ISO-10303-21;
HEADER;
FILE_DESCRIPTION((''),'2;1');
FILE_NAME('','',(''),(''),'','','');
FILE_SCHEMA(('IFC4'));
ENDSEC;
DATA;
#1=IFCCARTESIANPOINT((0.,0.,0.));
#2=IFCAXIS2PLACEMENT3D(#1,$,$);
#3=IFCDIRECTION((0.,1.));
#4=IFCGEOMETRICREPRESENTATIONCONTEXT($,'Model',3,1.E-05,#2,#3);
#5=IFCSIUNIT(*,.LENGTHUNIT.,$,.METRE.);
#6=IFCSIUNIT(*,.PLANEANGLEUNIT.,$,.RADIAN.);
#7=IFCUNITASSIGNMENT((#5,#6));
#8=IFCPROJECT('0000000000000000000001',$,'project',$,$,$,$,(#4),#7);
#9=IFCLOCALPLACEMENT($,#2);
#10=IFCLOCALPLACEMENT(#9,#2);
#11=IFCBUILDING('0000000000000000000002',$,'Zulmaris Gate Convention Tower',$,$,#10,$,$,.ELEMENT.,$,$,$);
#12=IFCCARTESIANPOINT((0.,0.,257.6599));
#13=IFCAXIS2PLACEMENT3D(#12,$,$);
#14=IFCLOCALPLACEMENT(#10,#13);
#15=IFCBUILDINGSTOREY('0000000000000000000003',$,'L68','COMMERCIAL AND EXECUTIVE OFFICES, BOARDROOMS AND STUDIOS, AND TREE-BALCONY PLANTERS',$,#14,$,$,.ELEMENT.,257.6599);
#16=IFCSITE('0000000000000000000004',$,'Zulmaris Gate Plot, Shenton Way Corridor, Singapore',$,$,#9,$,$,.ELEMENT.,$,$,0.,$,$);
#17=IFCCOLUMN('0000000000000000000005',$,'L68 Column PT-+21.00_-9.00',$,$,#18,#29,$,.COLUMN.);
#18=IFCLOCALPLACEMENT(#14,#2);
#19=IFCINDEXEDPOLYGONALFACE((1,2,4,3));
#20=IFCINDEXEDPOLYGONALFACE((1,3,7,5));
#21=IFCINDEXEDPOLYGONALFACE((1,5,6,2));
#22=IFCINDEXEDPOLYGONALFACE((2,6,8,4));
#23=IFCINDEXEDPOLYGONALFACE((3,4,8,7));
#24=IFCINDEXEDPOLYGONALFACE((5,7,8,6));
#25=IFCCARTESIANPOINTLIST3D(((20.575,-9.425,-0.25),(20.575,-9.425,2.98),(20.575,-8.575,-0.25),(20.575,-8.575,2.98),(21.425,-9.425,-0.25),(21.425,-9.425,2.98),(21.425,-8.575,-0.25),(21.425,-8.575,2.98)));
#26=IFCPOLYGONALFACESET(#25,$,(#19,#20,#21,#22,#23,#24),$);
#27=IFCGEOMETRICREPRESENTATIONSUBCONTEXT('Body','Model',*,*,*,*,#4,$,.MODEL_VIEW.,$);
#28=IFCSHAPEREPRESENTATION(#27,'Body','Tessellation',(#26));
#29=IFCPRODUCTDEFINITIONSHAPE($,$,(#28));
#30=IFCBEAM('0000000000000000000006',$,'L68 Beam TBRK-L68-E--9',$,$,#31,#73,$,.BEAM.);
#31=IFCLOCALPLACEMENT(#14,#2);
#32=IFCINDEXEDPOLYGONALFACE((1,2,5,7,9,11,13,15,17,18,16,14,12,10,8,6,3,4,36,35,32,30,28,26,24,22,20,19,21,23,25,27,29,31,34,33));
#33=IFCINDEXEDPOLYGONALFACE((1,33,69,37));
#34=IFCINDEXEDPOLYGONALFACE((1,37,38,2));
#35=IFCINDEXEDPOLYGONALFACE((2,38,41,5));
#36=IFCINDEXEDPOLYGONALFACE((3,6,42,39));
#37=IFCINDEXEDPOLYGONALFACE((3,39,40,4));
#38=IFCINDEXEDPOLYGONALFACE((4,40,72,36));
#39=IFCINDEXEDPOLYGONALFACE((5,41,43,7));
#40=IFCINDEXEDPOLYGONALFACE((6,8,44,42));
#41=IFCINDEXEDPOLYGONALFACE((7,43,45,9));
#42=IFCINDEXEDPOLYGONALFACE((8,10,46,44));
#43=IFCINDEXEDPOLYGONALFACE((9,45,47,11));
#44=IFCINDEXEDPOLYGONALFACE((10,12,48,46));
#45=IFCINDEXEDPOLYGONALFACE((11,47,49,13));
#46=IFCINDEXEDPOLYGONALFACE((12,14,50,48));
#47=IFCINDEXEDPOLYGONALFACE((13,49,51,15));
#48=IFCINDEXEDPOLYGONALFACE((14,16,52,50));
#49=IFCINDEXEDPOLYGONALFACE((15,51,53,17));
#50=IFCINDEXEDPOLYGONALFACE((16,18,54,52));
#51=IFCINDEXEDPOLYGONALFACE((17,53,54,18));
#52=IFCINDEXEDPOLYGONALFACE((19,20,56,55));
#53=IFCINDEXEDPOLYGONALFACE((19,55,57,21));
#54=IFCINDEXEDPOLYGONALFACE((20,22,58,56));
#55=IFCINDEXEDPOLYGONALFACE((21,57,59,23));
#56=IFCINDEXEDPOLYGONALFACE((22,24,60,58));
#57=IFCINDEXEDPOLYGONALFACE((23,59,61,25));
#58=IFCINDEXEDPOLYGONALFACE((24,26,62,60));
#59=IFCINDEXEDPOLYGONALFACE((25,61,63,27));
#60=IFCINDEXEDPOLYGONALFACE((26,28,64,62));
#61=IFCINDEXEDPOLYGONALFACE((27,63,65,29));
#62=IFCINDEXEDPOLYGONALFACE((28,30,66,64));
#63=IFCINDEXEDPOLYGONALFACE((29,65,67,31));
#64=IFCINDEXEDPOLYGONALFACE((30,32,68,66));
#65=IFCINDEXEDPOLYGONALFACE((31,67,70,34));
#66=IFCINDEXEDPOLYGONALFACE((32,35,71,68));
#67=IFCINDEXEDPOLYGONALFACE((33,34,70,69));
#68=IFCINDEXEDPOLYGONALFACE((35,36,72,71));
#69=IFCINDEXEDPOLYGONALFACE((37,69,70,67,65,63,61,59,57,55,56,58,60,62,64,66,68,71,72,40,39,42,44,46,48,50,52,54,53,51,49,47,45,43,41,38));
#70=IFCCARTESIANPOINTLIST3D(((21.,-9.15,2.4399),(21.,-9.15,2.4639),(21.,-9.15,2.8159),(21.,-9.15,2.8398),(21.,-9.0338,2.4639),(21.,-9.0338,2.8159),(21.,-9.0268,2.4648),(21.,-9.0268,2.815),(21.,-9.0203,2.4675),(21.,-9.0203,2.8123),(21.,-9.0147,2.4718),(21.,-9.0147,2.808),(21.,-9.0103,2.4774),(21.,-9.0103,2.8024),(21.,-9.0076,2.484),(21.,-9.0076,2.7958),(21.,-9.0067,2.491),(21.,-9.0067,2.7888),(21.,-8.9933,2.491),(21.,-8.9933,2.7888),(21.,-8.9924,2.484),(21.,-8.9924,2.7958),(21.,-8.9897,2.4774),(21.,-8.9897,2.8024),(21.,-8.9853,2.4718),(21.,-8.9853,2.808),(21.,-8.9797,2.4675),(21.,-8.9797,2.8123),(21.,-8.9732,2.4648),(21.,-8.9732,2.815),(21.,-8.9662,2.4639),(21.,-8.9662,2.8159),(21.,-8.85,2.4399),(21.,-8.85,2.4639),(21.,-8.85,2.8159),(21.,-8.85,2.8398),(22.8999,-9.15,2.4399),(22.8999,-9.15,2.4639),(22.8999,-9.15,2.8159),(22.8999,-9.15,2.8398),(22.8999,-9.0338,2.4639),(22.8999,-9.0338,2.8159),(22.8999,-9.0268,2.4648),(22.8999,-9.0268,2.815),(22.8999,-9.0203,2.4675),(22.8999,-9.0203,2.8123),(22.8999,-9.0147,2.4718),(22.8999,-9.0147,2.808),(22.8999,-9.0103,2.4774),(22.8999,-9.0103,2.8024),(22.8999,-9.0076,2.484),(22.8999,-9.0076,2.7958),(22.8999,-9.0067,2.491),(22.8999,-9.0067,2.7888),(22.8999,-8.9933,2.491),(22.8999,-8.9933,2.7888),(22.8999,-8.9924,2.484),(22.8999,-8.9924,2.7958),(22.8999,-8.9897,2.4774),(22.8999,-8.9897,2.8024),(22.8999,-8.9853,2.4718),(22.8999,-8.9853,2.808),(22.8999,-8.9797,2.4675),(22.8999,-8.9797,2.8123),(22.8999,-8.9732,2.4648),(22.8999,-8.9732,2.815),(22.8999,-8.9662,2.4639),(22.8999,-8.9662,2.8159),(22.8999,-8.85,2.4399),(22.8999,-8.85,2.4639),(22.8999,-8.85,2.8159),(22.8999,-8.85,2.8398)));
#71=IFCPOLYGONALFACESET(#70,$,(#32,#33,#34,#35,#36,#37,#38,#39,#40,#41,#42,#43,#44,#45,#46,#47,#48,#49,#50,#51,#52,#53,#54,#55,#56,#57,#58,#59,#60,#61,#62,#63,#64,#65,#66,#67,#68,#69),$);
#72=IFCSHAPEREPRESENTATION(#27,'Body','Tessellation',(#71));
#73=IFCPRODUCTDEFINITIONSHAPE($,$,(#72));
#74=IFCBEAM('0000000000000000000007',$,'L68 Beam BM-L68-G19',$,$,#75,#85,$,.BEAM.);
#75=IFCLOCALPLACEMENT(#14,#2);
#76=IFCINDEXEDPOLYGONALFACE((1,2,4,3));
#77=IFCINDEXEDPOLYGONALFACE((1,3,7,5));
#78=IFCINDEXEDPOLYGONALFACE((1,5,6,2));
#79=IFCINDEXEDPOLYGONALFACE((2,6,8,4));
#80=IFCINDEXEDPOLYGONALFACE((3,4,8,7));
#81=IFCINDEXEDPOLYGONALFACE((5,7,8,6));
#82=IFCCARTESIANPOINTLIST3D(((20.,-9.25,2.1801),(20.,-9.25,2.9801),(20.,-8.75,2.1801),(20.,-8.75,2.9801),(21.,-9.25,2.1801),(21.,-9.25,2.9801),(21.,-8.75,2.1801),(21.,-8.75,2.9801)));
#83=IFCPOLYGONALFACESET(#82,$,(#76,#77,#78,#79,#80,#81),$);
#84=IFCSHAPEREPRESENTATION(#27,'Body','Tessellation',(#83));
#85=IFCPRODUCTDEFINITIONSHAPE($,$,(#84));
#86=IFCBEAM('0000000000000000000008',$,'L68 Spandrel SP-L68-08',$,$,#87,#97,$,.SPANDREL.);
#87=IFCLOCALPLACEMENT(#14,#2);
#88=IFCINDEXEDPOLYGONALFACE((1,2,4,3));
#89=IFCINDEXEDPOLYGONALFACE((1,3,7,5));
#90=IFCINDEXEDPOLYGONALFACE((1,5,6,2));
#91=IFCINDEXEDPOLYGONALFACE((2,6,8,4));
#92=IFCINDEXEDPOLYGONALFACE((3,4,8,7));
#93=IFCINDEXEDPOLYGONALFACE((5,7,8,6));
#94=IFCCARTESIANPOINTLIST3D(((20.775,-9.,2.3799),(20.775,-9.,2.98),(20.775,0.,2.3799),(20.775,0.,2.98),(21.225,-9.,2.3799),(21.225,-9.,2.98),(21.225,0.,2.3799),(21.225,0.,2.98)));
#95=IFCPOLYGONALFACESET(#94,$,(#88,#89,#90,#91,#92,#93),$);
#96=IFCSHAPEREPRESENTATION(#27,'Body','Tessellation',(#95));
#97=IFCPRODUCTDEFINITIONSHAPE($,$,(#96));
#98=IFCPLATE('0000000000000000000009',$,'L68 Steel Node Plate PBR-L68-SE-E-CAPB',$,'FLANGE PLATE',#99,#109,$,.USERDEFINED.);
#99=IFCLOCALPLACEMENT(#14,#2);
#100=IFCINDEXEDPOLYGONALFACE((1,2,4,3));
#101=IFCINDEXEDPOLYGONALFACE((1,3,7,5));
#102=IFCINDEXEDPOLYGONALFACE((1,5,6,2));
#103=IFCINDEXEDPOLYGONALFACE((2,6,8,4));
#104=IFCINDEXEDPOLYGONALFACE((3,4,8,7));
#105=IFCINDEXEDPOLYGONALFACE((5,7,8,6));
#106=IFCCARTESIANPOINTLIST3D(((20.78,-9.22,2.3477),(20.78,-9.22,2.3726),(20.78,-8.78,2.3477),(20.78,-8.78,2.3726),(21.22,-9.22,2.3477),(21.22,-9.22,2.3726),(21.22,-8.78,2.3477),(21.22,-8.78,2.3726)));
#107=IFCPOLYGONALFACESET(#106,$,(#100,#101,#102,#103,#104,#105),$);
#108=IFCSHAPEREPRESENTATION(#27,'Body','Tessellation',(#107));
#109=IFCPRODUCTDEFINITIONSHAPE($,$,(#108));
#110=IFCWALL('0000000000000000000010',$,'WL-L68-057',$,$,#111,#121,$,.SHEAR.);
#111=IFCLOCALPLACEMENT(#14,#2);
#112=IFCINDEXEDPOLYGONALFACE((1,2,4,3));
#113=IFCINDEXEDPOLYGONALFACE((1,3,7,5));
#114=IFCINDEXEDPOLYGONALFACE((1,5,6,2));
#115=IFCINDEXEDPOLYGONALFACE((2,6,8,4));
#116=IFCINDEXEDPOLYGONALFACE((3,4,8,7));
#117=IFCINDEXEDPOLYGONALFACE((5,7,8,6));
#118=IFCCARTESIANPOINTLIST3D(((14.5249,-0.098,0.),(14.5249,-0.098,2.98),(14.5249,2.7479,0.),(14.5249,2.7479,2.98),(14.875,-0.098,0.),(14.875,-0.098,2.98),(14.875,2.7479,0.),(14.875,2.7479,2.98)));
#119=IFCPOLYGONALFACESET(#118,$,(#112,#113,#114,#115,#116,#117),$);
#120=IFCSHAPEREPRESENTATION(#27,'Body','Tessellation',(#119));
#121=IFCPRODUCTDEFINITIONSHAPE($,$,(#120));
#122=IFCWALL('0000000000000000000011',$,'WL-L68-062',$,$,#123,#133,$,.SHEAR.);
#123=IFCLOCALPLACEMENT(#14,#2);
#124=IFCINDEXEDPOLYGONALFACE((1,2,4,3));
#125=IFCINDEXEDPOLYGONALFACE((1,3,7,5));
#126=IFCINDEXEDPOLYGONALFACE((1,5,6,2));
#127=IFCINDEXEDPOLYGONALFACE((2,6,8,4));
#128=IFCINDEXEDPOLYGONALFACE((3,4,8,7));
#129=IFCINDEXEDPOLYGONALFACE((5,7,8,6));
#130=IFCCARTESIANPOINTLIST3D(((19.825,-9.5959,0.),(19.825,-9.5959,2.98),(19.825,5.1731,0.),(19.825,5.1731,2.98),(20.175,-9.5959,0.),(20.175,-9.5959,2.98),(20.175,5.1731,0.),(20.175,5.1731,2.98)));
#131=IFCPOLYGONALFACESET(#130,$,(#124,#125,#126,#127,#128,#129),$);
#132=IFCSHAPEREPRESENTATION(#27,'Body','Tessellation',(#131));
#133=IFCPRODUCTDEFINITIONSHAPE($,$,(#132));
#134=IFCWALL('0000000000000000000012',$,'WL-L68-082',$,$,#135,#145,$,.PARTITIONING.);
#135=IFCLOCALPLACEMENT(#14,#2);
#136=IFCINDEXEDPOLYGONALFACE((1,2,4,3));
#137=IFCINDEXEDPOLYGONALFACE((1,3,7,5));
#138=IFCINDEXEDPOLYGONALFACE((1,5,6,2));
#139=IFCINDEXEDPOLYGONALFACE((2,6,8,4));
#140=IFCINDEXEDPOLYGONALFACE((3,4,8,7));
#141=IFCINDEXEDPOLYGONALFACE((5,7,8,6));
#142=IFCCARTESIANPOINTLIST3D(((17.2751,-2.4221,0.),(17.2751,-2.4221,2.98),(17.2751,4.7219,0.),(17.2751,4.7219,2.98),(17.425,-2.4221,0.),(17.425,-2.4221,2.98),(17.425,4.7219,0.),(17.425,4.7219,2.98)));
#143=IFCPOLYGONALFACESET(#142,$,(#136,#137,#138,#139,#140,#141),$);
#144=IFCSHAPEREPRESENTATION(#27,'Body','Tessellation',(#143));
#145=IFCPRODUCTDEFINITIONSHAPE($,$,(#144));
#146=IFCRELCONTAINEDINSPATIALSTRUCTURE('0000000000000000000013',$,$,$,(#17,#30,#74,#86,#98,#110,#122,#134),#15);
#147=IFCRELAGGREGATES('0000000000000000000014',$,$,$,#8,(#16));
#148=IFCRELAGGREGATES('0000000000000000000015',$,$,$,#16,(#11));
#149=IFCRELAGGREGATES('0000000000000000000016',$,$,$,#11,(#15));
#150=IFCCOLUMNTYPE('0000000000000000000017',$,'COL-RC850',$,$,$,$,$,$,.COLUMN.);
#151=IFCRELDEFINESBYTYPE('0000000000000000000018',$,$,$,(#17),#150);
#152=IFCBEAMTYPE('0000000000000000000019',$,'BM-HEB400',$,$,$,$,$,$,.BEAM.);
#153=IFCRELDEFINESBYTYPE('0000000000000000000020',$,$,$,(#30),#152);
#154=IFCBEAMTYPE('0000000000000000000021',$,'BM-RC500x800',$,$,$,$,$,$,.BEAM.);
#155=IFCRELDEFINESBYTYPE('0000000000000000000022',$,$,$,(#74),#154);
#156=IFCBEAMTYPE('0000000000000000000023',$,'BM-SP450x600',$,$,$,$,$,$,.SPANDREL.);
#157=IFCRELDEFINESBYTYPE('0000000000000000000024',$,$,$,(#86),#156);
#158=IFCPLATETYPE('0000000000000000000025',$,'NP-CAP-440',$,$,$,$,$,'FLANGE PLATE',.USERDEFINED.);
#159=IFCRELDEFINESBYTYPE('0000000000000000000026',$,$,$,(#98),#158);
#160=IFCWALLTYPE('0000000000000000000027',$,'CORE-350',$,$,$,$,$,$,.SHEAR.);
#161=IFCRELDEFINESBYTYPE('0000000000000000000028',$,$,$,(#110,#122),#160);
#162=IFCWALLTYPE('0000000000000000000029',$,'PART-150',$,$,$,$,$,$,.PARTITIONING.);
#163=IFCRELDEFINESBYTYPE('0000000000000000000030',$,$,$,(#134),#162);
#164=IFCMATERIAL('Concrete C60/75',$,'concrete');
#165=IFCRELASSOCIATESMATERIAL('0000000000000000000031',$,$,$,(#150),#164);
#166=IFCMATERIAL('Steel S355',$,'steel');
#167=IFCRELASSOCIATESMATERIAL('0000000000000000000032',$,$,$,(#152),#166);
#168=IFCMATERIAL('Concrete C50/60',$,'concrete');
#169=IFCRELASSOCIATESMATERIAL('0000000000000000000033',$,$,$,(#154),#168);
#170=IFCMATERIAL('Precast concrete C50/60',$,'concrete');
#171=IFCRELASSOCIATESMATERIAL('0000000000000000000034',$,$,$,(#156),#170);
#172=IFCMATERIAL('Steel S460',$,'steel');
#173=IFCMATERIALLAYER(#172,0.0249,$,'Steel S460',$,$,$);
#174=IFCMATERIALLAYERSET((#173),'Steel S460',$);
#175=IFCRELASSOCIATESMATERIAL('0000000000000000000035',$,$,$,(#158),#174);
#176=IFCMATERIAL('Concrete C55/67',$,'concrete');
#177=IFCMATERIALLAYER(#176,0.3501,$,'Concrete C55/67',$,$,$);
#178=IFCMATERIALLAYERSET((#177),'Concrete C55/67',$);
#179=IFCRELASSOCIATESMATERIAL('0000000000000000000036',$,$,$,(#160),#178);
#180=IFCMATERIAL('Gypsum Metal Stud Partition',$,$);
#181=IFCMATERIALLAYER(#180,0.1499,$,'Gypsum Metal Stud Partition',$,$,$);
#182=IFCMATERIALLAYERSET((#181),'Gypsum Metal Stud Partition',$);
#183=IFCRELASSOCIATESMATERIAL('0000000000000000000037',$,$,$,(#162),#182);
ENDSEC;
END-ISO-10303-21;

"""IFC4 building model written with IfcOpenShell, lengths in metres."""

from ifc_helpers import new_model, si_unit, direction, frame, frame_2d, origin, origin_2d, place, context, subcontext, project, spatial, rectangle, i_section, extrude, material, layer, layer_set, material_profile, profile_set, type_object, element, save


model = new_model("IFC4")

# Units and contexts
model_context = context("Model", 3, precision=1e-05, world=origin(), true_north=direction((0.0, 1.0)))
body_context = subcontext(model_context, "Body", "Model", "MODEL_VIEW")
ifc_project = project(units=[si_unit("LENGTHUNIT", "METRE"), si_unit("PLANEANGLEUNIT", "RADIAN")], contexts=[model_context])

# Site, building, storey
site_placement = place(None, origin())
site = spatial("IfcSite", under=ifc_project, at=site_placement, Name="Zulmaris Gate Plot, Shenton Way Corridor, Singapore", CompositionType="ELEMENT", RefElevation=0.0)
building_placement = place(site_placement, origin())
building = spatial("IfcBuilding", under=site, at=building_placement, Name="Zulmaris Gate Convention Tower", CompositionType="ELEMENT")
storey_placement = place(building_placement, frame((0.0, 0.0, 257.6599)))
storey = spatial("IfcBuildingStorey", under=building, at=storey_placement, Name="L68", Description="COMMERCIAL AND EXECUTIVE OFFICES, BOARDROOMS AND STUDIOS, AND TREE-BALCONY PLANTERS", CompositionType="ELEMENT", Elevation=257.6599)

# Column
ifc_material_1 = material(Name="Concrete C60/75", Category="concrete")
ifc_material_profile_1 = material_profile(ifc_material_1, rectangle(XDim=0.8501, YDim=0.8501, at=origin_2d()), Name="RC COL 850x850")
ifc_profile_set_1 = profile_set([ifc_material_profile_1], Name="Concrete C60/75")
column_type = type_object("IfcColumnType", Name="COL-RC850", PredefinedType="COLUMN", material=ifc_profile_set_1)
column_placement = place(storey_placement, frame((21.0, -9.0, -0.25), z_axis=(0.0, 0.0, 1.0), x_axis=(1.0, 0.0, 0.0)))
element("IfcColumn", 1, at=column_placement, inside=storey, type_object=column_type, Name="L68 Column PT-+21.00_-9.00", PredefinedType="COLUMN", context=body_context, shape_type="SweptSolid", body=[
    extrude(rectangle(XDim=0.8501, YDim=0.8501, at=origin_2d()), origin(), (0.0, 0.0, 1.0), 3.23),
])

# Beams
ifc_material_2 = material(Name="Steel S355", Category="steel")
ifc_material_profile_2 = material_profile(ifc_material_2, i_section(OverallWidth=0.3, OverallDepth=0.3999, WebThickness=0.0134, FlangeThickness=0.0239, FilletRadius=0.0271, at=origin_2d()), Name="HEB 400")
ifc_profile_set_2 = profile_set([ifc_material_profile_2], Name="Steel S355")
beam_type_1 = type_object("IfcBeamType", Name="BM-HEB400", PredefinedType="BEAM", material=ifc_profile_set_2)
beam_1_placement = place(storey_placement, frame((21.0, -9.0, 2.6399), z_axis=(1.0, 0.0, 0.0), x_axis=(0.0, 1.0, 0.0)))
element("IfcBeam", 2, at=beam_1_placement, inside=storey, type_object=beam_type_1, Name="L68 Beam TBRK-L68-E--9", PredefinedType="BEAM", context=body_context, shape_type="SweptSolid", body=[
    extrude(i_section(OverallWidth=0.3, OverallDepth=0.3999, WebThickness=0.0134, FlangeThickness=0.0239, FilletRadius=0.0271, at=origin_2d()), origin(), (0.0, 0.0, 1.0), 1.8999),
])
ifc_material_3 = material(Name="Concrete C50/60", Category="concrete")
ifc_material_profile_3 = material_profile(ifc_material_3, rectangle(XDim=0.5, YDim=0.8, at=origin_2d()), Name="RC BEAM 500x800")
ifc_profile_set_3 = profile_set([ifc_material_profile_3], Name="Concrete C50/60")
beam_type_2 = type_object("IfcBeamType", Name="BM-RC500x800", PredefinedType="BEAM", material=ifc_profile_set_3)
beam_2_placement = place(storey_placement, frame((20.0, -9.0, 2.5801), z_axis=(1.0, 0.0, 0.0), x_axis=(0.0, 1.0, 0.0)))
element("IfcBeam", 3, at=beam_2_placement, inside=storey, type_object=beam_type_2, Name="L68 Beam BM-L68-G19", PredefinedType="BEAM", context=body_context, shape_type="SweptSolid", body=[
    extrude(rectangle(XDim=0.5, YDim=0.8, at=origin_2d()), origin(), (0.0, 0.0, 1.0), 1.0),
])
ifc_material_4 = material(Name="Precast concrete C50/60", Category="concrete")
ifc_material_profile_4 = material_profile(ifc_material_4, rectangle(XDim=0.45, YDim=0.6001, at=origin_2d()), Name="RC SPANDREL 450x600")
ifc_profile_set_4 = profile_set([ifc_material_profile_4], Name="Precast concrete C50/60")
beam_type_3 = type_object("IfcBeamType", Name="BM-SP450x600", PredefinedType="SPANDREL", material=ifc_profile_set_4)
beam_3_placement = place(storey_placement, frame((21.0, -9.0, 2.6799), z_axis=(0.0, 1.0, 0.0), x_axis=(-1.0, 0.0, 0.0)))
element("IfcBeam", 4, at=beam_3_placement, inside=storey, type_object=beam_type_3, Name="L68 Spandrel SP-L68-08", PredefinedType="SPANDREL", context=body_context, shape_type="SweptSolid", body=[
    extrude(rectangle(XDim=0.45, YDim=0.6001, at=origin_2d()), origin(), (0.0, 0.0, 1.0), 9.0),
])

# Plate
ifc_material_5 = material(Name="Steel S460", Category="steel")
ifc_layer_1 = layer(ifc_material_5, 0.0249, Name="Steel S460")
ifc_layer_set_1 = layer_set([ifc_layer_1], Name="Steel S460")
plate_type = type_object("IfcPlateType", Name="NP-CAP-440", ElementType="FLANGE PLATE", PredefinedType="USERDEFINED", material=ifc_layer_set_1)
plate_placement = place(storey_placement, frame((21.0, -9.0, 2.3477), z_axis=(0.0, 0.0, 1.0), x_axis=(1.0, 0.0, 0.0)))
element("IfcPlate", 5, at=plate_placement, inside=storey, type_object=plate_type, Name="L68 Steel Node Plate PBR-L68-SE-E-CAPB", ObjectType="FLANGE PLATE", PredefinedType="USERDEFINED", context=body_context, shape_type="SweptSolid", body=[
    extrude(rectangle(XDim=0.4399, YDim=0.4399, at=origin_2d()), origin(), (0.0, 0.0, 1.0), 0.0249),
])

# Walls
ifc_material_6 = material(Name="Concrete C55/67", Category="concrete")
ifc_layer_2 = layer(ifc_material_6, 0.3501, Name="Concrete C55/67")
ifc_layer_set_2 = layer_set([ifc_layer_2], Name="Concrete C55/67")
wall_type_1 = type_object("IfcWallType", Name="CORE-350", PredefinedType="SHEAR", material=ifc_layer_set_2)
wall_1_placement = place(storey_placement, frame((14.7, -0.0979, 0.0), z_axis=(0.0, 0.0, 1.0), x_axis=(0.0, 1.0, 0.0)))
element("IfcWall", 6, at=wall_1_placement, inside=storey, type_object=wall_type_1, Name="WL-L68-057", PredefinedType="SHEAR", context=body_context, shape_type="SweptSolid", body=[
    extrude(rectangle(XDim=2.8459, YDim=0.3501, at=frame_2d((1.4229, 0.0))), origin(), (0.0, 0.0, 1.0), 2.98),
])
wall_2_placement = place(storey_placement, frame((20.0, -9.5959, 0.0), z_axis=(0.0, 0.0, 1.0), x_axis=(0.0, 1.0, 0.0)))
element("IfcWall", 7, at=wall_2_placement, inside=storey, type_object=wall_type_1, Name="WL-L68-062", PredefinedType="SHEAR", context=body_context, shape_type="SweptSolid", body=[
    extrude(rectangle(XDim=14.769, YDim=0.3501, at=frame_2d((7.3845, 0.0))), origin(), (0.0, 0.0, 1.0), 2.98),
])

# Shared definitions
ifc_material_7 = material(Name="Gypsum Metal Stud Partition")
ifc_layer_3 = layer(ifc_material_7, 0.1499, Name="Gypsum Metal Stud Partition")
ifc_layer_set_3 = layer_set([ifc_layer_3], Name="Gypsum Metal Stud Partition")
wall_type_2 = type_object("IfcWallType", Name="PART-150", PredefinedType="PARTITIONING", material=ifc_layer_set_3)

# Wall
wall_3_placement = place(storey_placement, frame((17.3501, -2.4221, 0.0), z_axis=(0.0, 0.0, 1.0), x_axis=(0.0, 1.0, 0.0)))
element("IfcWall", 8, at=wall_3_placement, inside=storey, type_object=wall_type_2, Name="WL-L68-082", PredefinedType="PARTITIONING", context=body_context, shape_type="SweptSolid", body=[
    extrude(rectangle(XDim=7.144, YDim=0.1499, at=frame_2d((3.572, 0.0))), origin(), (0.0, 0.0, 1.0), 2.98),
])

save(model, "model.ifc")
